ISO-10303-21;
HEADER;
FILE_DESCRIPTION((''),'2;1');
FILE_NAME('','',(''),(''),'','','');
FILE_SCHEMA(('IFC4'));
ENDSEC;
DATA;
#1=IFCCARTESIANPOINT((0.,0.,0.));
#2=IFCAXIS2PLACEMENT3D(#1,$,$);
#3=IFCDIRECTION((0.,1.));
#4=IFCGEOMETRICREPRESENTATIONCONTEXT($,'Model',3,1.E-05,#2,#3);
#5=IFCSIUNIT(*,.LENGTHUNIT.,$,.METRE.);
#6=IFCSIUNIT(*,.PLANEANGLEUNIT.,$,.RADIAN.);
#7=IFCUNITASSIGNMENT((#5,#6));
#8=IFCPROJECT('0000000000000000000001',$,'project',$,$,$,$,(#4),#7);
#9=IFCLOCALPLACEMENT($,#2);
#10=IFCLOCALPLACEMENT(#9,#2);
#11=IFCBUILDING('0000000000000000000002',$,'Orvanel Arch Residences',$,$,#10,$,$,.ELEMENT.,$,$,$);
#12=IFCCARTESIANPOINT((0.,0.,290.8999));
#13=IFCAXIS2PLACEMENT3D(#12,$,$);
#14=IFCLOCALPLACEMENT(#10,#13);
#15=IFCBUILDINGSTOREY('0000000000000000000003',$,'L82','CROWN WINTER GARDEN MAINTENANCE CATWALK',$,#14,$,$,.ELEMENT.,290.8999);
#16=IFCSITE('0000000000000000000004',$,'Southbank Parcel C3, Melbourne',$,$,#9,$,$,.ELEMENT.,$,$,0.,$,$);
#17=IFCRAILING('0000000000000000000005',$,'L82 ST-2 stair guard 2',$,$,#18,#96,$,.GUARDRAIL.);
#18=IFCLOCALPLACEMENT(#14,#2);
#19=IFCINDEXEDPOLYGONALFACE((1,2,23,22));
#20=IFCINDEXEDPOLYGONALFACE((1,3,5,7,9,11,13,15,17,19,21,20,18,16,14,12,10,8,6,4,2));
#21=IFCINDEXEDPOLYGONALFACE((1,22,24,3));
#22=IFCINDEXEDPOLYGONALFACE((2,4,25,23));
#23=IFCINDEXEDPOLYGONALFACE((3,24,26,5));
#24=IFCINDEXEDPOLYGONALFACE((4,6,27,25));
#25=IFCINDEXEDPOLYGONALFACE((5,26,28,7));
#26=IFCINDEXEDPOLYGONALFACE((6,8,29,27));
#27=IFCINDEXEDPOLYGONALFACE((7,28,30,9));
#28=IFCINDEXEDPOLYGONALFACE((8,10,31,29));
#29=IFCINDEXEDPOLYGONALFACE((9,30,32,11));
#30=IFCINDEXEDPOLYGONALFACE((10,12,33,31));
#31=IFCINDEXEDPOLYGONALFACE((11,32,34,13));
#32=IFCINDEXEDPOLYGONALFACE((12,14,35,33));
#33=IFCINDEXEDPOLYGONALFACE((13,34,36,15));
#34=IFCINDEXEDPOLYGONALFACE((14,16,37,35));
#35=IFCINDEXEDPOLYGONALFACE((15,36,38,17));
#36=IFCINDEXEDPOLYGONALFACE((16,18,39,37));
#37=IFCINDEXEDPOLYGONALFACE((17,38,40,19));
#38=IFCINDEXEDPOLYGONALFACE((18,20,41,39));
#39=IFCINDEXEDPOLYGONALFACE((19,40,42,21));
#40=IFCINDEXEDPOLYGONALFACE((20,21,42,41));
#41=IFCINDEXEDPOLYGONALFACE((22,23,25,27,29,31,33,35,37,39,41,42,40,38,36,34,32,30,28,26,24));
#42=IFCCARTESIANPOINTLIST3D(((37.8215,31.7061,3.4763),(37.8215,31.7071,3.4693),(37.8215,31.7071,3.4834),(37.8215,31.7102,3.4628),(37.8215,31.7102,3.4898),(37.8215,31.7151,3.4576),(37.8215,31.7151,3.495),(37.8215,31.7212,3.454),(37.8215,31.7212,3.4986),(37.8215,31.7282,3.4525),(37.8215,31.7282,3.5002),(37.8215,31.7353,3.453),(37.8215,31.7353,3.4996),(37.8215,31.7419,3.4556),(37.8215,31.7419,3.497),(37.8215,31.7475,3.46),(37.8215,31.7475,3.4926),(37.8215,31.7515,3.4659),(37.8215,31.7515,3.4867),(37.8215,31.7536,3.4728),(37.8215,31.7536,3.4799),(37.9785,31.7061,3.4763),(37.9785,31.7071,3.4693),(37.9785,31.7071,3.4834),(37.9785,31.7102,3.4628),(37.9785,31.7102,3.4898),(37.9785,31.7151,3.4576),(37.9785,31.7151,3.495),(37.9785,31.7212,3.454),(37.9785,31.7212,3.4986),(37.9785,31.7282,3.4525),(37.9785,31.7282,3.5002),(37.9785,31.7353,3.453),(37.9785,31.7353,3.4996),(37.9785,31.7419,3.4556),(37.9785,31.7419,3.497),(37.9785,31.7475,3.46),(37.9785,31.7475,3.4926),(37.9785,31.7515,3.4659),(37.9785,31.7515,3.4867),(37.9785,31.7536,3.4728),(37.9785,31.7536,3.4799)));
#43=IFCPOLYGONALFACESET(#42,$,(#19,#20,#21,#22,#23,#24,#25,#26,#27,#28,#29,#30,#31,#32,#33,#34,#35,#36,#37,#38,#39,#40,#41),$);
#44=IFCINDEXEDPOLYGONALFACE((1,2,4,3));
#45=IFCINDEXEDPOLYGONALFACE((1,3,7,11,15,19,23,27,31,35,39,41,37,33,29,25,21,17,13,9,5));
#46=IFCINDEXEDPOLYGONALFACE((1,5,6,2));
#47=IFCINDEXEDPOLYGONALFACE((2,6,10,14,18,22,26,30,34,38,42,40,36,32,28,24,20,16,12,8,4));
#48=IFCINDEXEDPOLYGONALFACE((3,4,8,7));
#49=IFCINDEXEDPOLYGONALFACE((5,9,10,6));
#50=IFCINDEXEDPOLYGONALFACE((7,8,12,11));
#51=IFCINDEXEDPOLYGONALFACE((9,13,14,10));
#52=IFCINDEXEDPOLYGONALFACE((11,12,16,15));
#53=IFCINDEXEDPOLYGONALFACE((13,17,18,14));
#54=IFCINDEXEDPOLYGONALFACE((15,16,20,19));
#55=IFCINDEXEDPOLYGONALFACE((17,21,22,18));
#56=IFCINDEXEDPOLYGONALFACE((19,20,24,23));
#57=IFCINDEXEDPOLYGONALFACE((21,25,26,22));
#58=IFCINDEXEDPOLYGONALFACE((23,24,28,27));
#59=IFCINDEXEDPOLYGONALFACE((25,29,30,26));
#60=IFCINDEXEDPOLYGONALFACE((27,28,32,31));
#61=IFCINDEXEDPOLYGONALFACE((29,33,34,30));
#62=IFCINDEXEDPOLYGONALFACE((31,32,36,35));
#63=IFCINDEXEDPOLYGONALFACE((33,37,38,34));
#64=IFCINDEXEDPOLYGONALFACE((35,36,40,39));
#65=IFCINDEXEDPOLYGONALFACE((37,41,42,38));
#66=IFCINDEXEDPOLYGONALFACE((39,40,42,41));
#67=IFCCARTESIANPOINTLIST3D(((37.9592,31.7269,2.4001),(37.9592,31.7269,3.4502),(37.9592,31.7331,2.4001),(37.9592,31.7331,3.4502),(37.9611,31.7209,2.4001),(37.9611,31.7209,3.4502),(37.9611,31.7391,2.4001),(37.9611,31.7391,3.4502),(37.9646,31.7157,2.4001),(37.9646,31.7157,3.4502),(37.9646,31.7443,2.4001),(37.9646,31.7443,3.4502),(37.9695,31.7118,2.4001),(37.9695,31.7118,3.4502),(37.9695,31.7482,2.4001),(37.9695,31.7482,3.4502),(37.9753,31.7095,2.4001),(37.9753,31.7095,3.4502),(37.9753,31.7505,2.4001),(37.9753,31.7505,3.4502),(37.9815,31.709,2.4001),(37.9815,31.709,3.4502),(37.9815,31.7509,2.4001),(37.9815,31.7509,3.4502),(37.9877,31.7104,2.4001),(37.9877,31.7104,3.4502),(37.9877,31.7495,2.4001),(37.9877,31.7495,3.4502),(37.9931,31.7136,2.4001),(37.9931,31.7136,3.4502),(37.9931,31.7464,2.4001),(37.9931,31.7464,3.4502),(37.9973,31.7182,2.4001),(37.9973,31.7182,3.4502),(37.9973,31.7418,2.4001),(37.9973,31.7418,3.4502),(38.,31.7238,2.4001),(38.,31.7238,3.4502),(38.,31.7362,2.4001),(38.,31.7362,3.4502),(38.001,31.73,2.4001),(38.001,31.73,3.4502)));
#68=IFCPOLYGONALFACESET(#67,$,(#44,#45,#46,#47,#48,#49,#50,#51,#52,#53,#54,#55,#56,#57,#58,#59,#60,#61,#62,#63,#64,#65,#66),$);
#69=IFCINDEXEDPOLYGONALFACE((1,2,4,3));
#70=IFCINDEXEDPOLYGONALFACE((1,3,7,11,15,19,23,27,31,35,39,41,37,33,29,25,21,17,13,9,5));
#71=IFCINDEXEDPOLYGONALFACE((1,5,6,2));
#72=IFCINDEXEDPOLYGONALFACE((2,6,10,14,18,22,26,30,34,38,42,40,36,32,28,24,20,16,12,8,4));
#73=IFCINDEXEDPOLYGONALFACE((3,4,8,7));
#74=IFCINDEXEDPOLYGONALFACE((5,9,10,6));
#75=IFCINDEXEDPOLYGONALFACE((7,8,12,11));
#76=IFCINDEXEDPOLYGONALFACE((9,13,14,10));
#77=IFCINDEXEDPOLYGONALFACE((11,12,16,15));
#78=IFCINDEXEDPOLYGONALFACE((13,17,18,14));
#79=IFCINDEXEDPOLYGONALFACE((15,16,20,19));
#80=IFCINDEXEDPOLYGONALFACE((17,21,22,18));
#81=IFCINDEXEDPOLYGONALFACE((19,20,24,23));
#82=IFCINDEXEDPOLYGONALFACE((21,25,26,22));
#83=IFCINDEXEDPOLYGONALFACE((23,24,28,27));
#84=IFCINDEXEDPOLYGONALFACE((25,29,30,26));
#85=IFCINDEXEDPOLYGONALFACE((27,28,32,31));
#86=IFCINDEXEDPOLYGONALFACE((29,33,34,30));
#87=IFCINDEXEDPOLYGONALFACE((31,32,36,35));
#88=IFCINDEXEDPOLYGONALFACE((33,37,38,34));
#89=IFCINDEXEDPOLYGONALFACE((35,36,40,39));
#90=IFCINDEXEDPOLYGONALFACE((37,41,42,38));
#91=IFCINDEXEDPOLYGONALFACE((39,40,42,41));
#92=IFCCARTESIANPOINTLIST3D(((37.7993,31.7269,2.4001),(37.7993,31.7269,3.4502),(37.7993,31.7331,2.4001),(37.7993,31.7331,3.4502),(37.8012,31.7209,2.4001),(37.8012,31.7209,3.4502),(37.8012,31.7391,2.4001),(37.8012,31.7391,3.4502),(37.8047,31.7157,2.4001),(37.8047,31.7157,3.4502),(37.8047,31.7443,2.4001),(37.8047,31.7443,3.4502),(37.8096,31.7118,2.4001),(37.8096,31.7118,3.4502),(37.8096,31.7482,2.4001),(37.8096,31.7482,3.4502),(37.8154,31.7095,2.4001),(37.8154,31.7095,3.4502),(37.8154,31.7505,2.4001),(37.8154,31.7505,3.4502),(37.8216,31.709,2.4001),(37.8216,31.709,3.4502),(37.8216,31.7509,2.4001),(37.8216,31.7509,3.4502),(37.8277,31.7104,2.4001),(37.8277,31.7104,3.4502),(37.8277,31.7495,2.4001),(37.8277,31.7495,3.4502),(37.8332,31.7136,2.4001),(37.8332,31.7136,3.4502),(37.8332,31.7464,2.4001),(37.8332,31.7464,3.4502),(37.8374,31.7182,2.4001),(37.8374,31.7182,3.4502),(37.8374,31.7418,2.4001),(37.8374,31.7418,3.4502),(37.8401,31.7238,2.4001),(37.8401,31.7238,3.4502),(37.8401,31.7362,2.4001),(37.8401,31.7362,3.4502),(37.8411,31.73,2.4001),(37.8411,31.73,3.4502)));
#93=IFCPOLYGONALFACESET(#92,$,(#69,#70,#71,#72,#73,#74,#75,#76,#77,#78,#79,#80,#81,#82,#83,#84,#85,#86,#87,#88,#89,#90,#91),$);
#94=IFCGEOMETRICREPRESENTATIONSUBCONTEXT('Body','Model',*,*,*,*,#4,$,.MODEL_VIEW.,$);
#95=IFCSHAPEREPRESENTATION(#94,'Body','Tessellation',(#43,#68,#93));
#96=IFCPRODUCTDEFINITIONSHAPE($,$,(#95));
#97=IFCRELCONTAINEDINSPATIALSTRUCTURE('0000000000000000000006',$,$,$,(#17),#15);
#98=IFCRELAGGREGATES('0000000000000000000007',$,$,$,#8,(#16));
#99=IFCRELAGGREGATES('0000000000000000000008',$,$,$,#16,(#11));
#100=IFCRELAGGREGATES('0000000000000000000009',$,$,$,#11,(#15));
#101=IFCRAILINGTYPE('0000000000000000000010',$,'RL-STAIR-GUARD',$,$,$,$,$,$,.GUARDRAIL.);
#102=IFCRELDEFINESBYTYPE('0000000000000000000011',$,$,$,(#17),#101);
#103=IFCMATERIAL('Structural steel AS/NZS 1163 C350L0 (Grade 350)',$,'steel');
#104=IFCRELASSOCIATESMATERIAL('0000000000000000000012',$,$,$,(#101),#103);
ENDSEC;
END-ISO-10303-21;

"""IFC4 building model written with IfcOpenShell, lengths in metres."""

from ifc_helpers import new_model, si_unit, direction, frame, origin, origin_2d, place, context, subcontext, project, spatial, circle, extrude, material, type_object, element, save


model = new_model("IFC4")

# Units and contexts
model_context = context("Model", 3, precision=1e-05, world=origin(), true_north=direction((0.0, 1.0)))
body_context = subcontext(model_context, "Body", "Model", "MODEL_VIEW")
ifc_project = project(units=[si_unit("LENGTHUNIT", "METRE"), si_unit("PLANEANGLEUNIT", "RADIAN")], contexts=[model_context])

# Site, building, storey
site_placement = place(None, origin())
site = spatial("IfcSite", under=ifc_project, at=site_placement, Name="Southbank Parcel C3, Melbourne", CompositionType="ELEMENT", RefElevation=0.0)
building_placement = place(site_placement, origin())
building = spatial("IfcBuilding", under=site, at=building_placement, Name="Orvanel Arch Residences", CompositionType="ELEMENT")
storey_placement = place(building_placement, frame((0.0, 0.0, 290.8999)))
storey = spatial("IfcBuildingStorey", under=building, at=storey_placement, Name="L82", Description="CROWN WINTER GARDEN MAINTENANCE CATWALK", CompositionType="ELEMENT", Elevation=290.8999)

# Shared definitions
ifc_material_1 = material(Name="Structural steel AS/NZS 1163 C350L0 (Grade 350)", Category="steel")

# Railing
railing_type_1 = type_object("IfcRailingType", Name="RL-STAIR-GUARD", PredefinedType="GUARDRAIL", material=ifc_material_1)
railing_1_placement = place(storey_placement, frame((37.98, 31.73, 2.4001)))
element("IfcRailing", 1, at=railing_1_placement, inside=storey, type_object=railing_type_1, Name="L82 ST-2 stair guard 2", PredefinedType="GUARDRAIL", context=body_context, shape_type="SweptSolid", body=[
    extrude(circle(Radius=0.0239, at=origin_2d()), frame((-0.0015, 0.0, 1.0762), z_axis=(-1.0, 0.0, 0.0), x_axis=(0.0, -1.0, 0.0)), (0.0, 0.0, 1.0), 0.157),
    extrude(circle(Radius=0.021, at=origin_2d()), origin(), (0.0, 0.0, 1.0), 1.05),
    extrude(circle(Radius=0.021, at=origin_2d()), frame((-0.1599, 0.0, 0.0)), (0.0, 0.0, 1.0), 1.05),
])

save(model, "model.ifc")
